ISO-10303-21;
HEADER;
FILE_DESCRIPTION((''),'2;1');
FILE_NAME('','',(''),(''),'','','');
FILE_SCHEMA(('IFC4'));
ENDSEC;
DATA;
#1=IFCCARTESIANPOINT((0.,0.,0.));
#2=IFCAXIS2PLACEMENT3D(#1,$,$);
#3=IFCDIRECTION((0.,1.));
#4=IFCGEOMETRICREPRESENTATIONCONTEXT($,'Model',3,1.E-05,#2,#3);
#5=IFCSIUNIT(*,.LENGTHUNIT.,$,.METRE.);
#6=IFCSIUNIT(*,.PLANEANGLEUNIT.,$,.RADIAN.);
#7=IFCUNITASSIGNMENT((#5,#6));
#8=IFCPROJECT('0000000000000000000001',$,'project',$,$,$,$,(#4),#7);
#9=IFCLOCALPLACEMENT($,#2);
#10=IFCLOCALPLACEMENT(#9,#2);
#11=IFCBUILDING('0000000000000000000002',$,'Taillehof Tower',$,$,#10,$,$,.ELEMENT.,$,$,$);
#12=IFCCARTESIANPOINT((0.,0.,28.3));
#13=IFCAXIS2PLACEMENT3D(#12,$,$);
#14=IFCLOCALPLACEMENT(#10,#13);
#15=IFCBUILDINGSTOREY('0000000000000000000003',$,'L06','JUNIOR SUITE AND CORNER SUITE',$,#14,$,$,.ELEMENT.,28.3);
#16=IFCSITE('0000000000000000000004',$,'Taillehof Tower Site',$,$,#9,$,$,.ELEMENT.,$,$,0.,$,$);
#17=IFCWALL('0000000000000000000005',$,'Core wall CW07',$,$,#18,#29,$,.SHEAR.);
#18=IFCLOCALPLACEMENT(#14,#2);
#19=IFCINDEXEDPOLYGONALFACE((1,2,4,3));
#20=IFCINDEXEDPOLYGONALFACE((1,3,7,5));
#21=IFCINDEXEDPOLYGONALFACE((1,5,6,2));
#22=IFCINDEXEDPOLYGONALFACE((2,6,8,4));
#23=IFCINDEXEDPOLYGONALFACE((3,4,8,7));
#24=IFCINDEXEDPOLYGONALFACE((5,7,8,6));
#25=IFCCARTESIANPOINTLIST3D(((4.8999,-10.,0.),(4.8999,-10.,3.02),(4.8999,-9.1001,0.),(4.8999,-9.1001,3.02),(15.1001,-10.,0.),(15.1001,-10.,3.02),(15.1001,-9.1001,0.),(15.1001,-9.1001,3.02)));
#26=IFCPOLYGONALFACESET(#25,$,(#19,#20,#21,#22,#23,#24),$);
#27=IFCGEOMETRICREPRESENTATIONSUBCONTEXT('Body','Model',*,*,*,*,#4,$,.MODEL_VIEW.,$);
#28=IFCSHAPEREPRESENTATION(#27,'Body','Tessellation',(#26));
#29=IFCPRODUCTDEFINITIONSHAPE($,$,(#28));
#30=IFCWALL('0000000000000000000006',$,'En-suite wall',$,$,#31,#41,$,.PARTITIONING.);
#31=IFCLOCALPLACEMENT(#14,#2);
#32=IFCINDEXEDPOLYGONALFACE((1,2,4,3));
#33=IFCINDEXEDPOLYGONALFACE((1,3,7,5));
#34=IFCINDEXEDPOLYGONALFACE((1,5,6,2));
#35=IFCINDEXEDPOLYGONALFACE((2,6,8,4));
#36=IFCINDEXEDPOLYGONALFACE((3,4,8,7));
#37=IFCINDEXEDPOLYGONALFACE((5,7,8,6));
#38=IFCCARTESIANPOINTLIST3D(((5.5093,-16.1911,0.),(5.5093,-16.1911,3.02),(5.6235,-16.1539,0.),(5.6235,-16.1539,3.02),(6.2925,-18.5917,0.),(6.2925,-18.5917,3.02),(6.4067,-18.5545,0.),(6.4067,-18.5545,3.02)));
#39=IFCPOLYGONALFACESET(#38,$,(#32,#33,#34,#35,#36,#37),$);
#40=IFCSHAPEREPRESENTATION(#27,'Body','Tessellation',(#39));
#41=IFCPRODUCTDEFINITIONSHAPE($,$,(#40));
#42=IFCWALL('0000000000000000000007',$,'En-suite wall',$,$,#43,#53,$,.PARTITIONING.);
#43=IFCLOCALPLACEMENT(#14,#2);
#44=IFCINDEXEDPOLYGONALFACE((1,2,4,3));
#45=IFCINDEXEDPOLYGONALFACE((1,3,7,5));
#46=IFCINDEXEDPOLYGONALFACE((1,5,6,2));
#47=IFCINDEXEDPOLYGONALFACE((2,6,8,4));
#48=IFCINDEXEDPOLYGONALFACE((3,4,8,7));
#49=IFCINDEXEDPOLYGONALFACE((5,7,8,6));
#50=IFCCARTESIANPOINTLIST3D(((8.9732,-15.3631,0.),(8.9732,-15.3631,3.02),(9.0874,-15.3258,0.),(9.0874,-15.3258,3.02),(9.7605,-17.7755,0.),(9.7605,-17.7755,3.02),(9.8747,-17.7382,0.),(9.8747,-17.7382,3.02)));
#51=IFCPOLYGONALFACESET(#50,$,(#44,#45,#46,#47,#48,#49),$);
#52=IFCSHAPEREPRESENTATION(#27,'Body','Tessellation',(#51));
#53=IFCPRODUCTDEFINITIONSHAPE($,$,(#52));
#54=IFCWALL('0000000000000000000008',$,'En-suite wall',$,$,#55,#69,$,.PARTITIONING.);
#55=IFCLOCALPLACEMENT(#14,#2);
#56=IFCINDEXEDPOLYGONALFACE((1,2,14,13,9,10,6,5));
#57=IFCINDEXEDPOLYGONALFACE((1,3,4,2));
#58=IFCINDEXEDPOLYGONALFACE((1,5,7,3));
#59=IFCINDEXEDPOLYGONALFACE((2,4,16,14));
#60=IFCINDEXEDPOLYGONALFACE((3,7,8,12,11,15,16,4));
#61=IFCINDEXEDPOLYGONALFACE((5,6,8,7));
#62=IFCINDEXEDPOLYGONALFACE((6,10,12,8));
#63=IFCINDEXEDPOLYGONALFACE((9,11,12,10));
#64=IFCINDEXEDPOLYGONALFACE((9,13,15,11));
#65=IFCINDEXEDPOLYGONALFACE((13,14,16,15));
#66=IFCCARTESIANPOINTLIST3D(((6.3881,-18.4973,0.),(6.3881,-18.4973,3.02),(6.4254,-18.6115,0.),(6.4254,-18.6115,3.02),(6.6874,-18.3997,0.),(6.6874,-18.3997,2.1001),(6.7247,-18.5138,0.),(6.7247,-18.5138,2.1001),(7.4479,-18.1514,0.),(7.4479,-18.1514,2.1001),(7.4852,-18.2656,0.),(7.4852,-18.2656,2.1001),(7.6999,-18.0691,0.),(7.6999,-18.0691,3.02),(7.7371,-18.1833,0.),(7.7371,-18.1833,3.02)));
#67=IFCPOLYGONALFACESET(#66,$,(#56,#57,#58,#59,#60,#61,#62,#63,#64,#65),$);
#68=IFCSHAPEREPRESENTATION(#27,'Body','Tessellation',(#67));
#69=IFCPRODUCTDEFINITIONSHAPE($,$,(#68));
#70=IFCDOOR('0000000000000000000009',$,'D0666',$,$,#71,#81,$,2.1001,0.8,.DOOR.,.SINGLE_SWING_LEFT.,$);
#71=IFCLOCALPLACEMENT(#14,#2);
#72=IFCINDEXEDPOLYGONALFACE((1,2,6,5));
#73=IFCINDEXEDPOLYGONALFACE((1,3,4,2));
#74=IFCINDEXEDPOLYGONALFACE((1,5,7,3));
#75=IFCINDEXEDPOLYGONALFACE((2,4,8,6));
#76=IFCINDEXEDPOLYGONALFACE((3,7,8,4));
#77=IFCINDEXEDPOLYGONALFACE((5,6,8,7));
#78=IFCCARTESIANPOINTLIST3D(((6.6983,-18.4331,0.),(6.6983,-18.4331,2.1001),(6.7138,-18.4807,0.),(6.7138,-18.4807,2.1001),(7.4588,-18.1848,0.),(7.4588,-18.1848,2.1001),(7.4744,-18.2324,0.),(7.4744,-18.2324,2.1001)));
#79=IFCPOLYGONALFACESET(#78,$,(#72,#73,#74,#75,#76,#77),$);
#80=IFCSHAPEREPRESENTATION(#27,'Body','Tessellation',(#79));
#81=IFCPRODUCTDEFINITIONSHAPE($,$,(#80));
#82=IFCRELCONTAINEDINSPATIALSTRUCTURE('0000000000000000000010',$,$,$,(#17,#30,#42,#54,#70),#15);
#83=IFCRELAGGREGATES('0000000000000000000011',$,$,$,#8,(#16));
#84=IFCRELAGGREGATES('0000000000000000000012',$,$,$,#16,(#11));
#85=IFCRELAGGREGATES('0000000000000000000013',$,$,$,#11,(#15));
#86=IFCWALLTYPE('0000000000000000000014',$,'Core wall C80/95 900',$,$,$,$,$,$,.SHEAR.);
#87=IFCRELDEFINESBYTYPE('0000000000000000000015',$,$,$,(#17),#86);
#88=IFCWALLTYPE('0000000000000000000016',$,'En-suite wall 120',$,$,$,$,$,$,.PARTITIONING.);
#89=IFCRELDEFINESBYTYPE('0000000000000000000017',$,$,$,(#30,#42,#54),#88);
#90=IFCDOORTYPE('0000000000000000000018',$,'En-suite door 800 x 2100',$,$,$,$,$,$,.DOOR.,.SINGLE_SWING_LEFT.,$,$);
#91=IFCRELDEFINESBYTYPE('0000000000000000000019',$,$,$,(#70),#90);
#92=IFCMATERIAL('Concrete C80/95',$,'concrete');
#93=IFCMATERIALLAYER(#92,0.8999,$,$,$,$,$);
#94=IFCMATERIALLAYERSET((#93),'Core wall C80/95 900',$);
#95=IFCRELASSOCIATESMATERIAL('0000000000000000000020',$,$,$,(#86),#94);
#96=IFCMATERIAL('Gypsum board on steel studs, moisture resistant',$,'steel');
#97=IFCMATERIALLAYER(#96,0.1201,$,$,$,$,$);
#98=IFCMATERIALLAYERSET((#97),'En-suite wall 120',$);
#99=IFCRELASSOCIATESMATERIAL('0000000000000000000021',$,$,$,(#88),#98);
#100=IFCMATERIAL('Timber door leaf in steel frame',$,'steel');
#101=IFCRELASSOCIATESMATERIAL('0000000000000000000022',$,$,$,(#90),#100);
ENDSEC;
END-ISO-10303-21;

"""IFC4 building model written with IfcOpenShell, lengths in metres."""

from ifc_helpers import new_model, si_unit, direction, frame, frame_2d, origin, place, context, subcontext, project, spatial, rectangle, extrude, material, layer, layer_set, type_object, element, fill, save


model = new_model("IFC4")

# Units and contexts
model_context = context("Model", 3, precision=1e-05, world=origin(), true_north=direction((0.0, 1.0)))
body_context = subcontext(model_context, "Body", "Model", "MODEL_VIEW")
ifc_project = project(units=[si_unit("LENGTHUNIT", "METRE"), si_unit("PLANEANGLEUNIT", "RADIAN")], contexts=[model_context])

# Site, building, storey
site_placement = place(None, origin())
site = spatial("IfcSite", under=ifc_project, at=site_placement, Name="Taillehof Tower Site", CompositionType="ELEMENT", RefElevation=0.0)
building_placement = place(site_placement, origin())
building = spatial("IfcBuilding", under=site, at=building_placement, Name="Taillehof Tower", CompositionType="ELEMENT")
storey_placement = place(building_placement, frame((0.0, 0.0, 28.3)))
storey = spatial("IfcBuildingStorey", under=building, at=storey_placement, Name="L06", Description="JUNIOR SUITE AND CORNER SUITE", CompositionType="ELEMENT", Elevation=28.3)

# Shared definitions
ifc_material_1 = material(Name="Concrete C80/95", Category="concrete")
ifc_layer_1 = layer(ifc_material_1, 0.8999)
ifc_layer_set_1 = layer_set([ifc_layer_1], Name="Core wall C80/95 900")
wall_type_1 = type_object("IfcWallType", Name="Core wall C80/95 900", PredefinedType="SHEAR", material=ifc_layer_set_1)

# Walls
wall_1_placement = place(storey_placement, frame((4.8999, -9.55, 0.0), z_axis=(0.0, 0.0, 1.0), x_axis=(1.0, 0.0, 0.0)))
element("IfcWall", 1, at=wall_1_placement, inside=storey, type_object=wall_type_1, Name="Core wall CW07", PredefinedType="SHEAR", context=body_context, shape_type="SweptSolid", body=[
    extrude(rectangle(XDim=10.2002, YDim=0.8999, at=frame_2d((5.1001, 0.0))), origin(), (0.0, 0.0, 1.0), 3.02),
])
ifc_material_2 = material(Name="Gypsum board on steel studs, moisture resistant", Category="steel")
ifc_layer_2 = layer(ifc_material_2, 0.1201)
ifc_layer_set_2 = layer_set([ifc_layer_2], Name="En-suite wall 120")
wall_type_2 = type_object("IfcWallType", Name="En-suite wall 120", PredefinedType="PARTITIONING", material=ifc_layer_set_2)
wall_2_placement = place(storey_placement, frame((5.5664, -16.1724, 0.0), z_axis=(0.0, 0.0, 1.0), x_axis=(0.310159, -0.950685, 0.0)))
element("IfcWall", 2, at=wall_2_placement, inside=storey, type_object=wall_type_2, Name="En-suite wall", PredefinedType="PARTITIONING", context=body_context, shape_type="SweptSolid", body=[
    extrude(rectangle(XDim=2.5251, YDim=0.1201, at=frame_2d((1.2627, 0.0))), origin(), (0.0, 0.0, 1.0), 3.02),
])
wall_3_placement = place(storey_placement, frame((9.0303, -15.3445, 0.0), z_axis=(0.0, 0.0, 1.0), x_axis=(0.310276, -0.950647, 0.0)))
element("IfcWall", 3, at=wall_3_placement, inside=storey, type_object=wall_type_2, Name="En-suite wall", PredefinedType="PARTITIONING", context=body_context, shape_type="SweptSolid", body=[
    extrude(rectangle(XDim=2.5376, YDim=0.1201, at=frame_2d((1.2688, 0.0))), origin(), (0.0, 0.0, 1.0), 3.02),
])

# Wall, opening, door
wall_4_placement = place(storey_placement, frame((6.4067, -18.5544, 0.0), z_axis=(0.0, 0.0, 1.0), x_axis=(0.950629, 0.31033, 0.0)))
wall_4 = element("IfcWall", 4, at=wall_4_placement, inside=storey, type_object=wall_type_2, Name="En-suite wall", PredefinedType="PARTITIONING", context=body_context, shape_type="SweptSolid", body=[
    extrude(rectangle(XDim=1.3799, YDim=0.1201, at=frame_2d((0.6899, 0.0))), origin(), (0.0, 0.0, 1.0), 3.02),
])
opening_1_placement = place(wall_4_placement, frame((0.3149, 0.0, 0.0)))
opening_1 = element("IfcOpeningElement", 5, at=opening_1_placement, cuts=wall_4, PredefinedType="OPENING", context=body_context, shape_type="SweptSolid", body=[
    extrude(rectangle(XDim=0.8, YDim=2.1001, at=frame_2d((0.3999, 1.05))), frame((0.0, 0.0701, 0.0), z_axis=(0.0, -1.0, 0.0), x_axis=(1.0, 0.0, 0.0)), (0.0, 0.0, 1.0), 0.1401),
])
ifc_material_3 = material(Name="Timber door leaf in steel frame", Category="steel")
door_type_1 = type_object("IfcDoorType", Name="En-suite door 800 x 2100", OperationType="SINGLE_SWING_LEFT", PredefinedType="DOOR", material=ifc_material_3)
door_1_placement = place(opening_1_placement, origin())
door_1 = element("IfcDoor", 6, at=door_1_placement, inside=storey, type_object=door_type_1, Name="D0666", OperationType="SINGLE_SWING_LEFT", OverallHeight=2.1001, OverallWidth=0.8, PredefinedType="DOOR", context=body_context, shape_type="SweptSolid", body=[
    extrude(rectangle(XDim=0.8, YDim=2.1001, at=frame_2d((0.3999, 1.05))), frame((0.0, 0.0249, 0.0), z_axis=(0.0, -1.0, 0.0), x_axis=(1.0, 0.0, 0.0)), (0.0, 0.0, 1.0), 0.05),
])
fill(opening_1, door_1)

save(model, "model.ifc")
